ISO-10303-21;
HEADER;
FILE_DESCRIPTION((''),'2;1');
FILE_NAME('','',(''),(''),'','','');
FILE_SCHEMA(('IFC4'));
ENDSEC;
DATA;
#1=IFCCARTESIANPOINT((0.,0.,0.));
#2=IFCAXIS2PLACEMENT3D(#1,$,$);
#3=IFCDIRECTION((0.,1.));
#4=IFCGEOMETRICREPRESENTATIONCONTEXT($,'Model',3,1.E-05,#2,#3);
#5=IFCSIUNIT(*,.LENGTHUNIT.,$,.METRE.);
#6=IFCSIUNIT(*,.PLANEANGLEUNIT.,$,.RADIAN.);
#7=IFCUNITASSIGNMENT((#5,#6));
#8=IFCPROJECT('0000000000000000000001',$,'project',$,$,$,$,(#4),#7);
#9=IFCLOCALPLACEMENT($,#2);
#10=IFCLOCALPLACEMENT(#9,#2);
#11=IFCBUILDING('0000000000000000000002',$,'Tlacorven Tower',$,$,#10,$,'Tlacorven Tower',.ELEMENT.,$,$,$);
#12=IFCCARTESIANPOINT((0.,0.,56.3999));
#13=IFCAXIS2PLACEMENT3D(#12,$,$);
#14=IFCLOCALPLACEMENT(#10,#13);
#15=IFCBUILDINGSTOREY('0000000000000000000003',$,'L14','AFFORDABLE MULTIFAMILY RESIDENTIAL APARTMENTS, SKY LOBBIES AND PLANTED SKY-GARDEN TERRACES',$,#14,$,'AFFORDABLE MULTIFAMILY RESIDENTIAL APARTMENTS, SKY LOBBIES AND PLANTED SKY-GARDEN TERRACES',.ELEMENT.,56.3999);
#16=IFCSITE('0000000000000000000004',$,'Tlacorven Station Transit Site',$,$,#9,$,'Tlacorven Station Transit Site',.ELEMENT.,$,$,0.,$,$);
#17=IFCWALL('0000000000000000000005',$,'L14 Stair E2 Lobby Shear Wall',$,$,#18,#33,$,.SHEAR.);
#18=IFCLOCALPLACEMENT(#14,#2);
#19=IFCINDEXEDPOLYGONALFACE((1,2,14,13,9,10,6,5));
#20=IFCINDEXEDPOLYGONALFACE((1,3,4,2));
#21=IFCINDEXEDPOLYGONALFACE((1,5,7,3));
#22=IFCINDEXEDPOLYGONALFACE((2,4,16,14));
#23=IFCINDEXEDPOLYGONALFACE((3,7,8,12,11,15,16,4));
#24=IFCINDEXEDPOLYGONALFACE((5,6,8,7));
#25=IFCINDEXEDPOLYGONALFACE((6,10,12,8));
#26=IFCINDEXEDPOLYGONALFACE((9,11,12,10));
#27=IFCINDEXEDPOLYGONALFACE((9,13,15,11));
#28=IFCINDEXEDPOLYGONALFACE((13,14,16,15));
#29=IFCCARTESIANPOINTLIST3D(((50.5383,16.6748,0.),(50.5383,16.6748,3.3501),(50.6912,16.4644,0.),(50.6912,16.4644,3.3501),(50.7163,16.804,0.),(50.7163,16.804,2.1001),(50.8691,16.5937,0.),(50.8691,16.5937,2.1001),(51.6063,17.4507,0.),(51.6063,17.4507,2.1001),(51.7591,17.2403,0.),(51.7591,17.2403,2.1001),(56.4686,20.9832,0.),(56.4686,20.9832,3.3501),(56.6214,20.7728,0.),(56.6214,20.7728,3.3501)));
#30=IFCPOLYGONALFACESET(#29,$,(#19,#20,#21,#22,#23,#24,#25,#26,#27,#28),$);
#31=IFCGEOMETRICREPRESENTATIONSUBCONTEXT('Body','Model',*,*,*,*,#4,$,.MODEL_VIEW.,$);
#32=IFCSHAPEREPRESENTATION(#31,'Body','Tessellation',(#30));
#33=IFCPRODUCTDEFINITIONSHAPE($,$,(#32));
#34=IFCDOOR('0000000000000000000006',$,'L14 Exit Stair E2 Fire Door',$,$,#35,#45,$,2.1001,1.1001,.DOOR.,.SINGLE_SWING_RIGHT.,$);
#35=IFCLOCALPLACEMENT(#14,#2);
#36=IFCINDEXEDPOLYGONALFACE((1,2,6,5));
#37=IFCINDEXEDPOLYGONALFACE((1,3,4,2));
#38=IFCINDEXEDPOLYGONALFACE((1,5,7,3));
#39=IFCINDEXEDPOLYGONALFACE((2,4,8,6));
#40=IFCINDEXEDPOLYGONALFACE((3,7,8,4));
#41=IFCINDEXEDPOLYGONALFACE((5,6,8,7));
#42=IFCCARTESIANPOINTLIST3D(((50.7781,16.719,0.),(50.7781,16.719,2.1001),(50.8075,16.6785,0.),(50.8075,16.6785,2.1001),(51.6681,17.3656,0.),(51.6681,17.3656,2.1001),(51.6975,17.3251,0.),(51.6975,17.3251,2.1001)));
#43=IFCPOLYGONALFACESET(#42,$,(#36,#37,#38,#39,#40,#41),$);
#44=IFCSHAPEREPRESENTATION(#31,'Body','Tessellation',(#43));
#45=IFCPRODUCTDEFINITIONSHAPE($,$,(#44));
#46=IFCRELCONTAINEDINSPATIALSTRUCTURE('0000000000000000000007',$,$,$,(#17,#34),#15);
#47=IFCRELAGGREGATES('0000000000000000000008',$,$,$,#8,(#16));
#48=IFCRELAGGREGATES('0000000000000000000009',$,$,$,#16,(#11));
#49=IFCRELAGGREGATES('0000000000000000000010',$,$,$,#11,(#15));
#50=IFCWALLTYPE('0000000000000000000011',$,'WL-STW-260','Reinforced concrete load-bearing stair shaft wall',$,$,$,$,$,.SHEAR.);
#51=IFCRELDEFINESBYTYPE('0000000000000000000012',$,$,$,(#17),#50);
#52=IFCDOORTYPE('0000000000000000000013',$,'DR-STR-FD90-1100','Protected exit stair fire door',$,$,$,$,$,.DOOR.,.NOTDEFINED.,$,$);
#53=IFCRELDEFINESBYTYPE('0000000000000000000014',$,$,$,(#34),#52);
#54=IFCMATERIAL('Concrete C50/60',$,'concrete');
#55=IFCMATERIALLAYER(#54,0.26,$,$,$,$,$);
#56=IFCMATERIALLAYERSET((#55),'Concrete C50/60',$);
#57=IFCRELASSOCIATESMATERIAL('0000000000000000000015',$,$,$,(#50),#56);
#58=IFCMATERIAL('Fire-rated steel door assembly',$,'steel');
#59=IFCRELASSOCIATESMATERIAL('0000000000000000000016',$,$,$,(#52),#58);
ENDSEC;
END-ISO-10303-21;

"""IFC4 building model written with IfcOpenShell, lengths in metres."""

from ifc_helpers import new_model, si_unit, direction, frame, frame_2d, origin, place, context, subcontext, project, spatial, rectangle, extrude, source, transform, mapped, material, layer, layer_set, type_object, element, fill, save


model = new_model("IFC4")

# Units and contexts
model_context = context("Model", 3, precision=1e-05, world=origin(), true_north=direction((0.0, 1.0)))
body_context = subcontext(model_context, "Body", "Model", "MODEL_VIEW")
ifc_project = project(units=[si_unit("LENGTHUNIT", "METRE"), si_unit("PLANEANGLEUNIT", "RADIAN")], contexts=[model_context])

# Site, building, storey
site_placement = place(None, origin())
site = spatial("IfcSite", under=ifc_project, at=site_placement, Name="Tlacorven Station Transit Site", LongName="Tlacorven Station Transit Site", CompositionType="ELEMENT", RefElevation=0.0)
building_placement = place(site_placement, origin())
building = spatial("IfcBuilding", under=site, at=building_placement, Name="Tlacorven Tower", LongName="Tlacorven Tower", CompositionType="ELEMENT")
storey_placement = place(building_placement, frame((0.0, 0.0, 56.3999)))
storey = spatial("IfcBuildingStorey", under=building, at=storey_placement, Name="L14", Description="AFFORDABLE MULTIFAMILY RESIDENTIAL APARTMENTS, SKY LOBBIES AND PLANTED SKY-GARDEN TERRACES", LongName="AFFORDABLE MULTIFAMILY RESIDENTIAL APARTMENTS, SKY LOBBIES AND PLANTED SKY-GARDEN TERRACES", CompositionType="ELEMENT", Elevation=56.3999)

# Wall, opening, door
ifc_material_1 = material(Name="Fire-rated steel door assembly", Category="steel")
ifc_material_2 = material(Name="Concrete C50/60", Category="concrete")
ifc_layer_1 = layer(ifc_material_2, 0.26)
ifc_layer_set_1 = layer_set([ifc_layer_1], Name="Concrete C50/60")
wall_type_1 = type_object("IfcWallType", Name="WL-STW-260", Description="Reinforced concrete load-bearing stair shaft wall", PredefinedType="SHEAR", material=ifc_layer_set_1)
wall_1_placement = place(storey_placement, frame((50.6147, 16.5696, 0.0), z_axis=(0.0, 0.0, 1.0), x_axis=(0.809028, 0.58777, 0.0)))
wall_1 = element("IfcWall", 1, at=wall_1_placement, inside=storey, type_object=wall_type_1, Name="L14 Stair E2 Lobby Shear Wall", PredefinedType="SHEAR", context=body_context, shape_type="SweptSolid", body=[
    extrude(rectangle(XDim=7.3301, YDim=0.26, at=frame_2d((3.665, 0.0))), origin(), (0.0, 0.0, 1.0), 3.3501),
])
opening_1_placement = place(wall_1_placement, frame((0.22, 0.0, 0.0)))
opening_1 = element("IfcOpeningElement", 2, at=opening_1_placement, cuts=wall_1, PredefinedType="OPENING", context=body_context, shape_type="SweptSolid", body=[
    extrude(rectangle(XDim=1.1001, YDim=2.1001, at=frame_2d((0.55, 1.05))), frame((0.0, 0.1401, 0.0), z_axis=(0.0, -1.0, 0.0), x_axis=(1.0, 0.0, 0.0)), (0.0, 0.0, 1.0), 0.28),
])
door_type_1 = type_object("IfcDoorType", Name="DR-STR-FD90-1100", Description="Protected exit stair fire door", OperationType="NOTDEFINED", PredefinedType="DOOR", material=ifc_material_1)
shared_shape_1 = source(origin(), body_context, "Body", "SweptSolid", [
    extrude(rectangle(XDim=1.1001, YDim=2.1001, at=frame_2d((0.55, 1.05))), frame((0.0, 0.0249, 0.0), z_axis=(0.0, -1.0, 0.0), x_axis=(1.0, 0.0, 0.0)), (0.0, 0.0, 1.0), 0.05),
])
door_1_placement = place(opening_1_placement, origin())
door_1 = element("IfcDoor", 3, at=door_1_placement, inside=storey, type_object=door_type_1, Name="L14 Exit Stair E2 Fire Door", OperationType="SINGLE_SWING_RIGHT", OverallHeight=2.1001, OverallWidth=1.1001, PredefinedType="DOOR", context=body_context, shape_type="MappedRepresentation", body=[
    mapped(shared_shape_1, transform((0.0, 0.0, 0.0), scale=1.0)),
])
fill(opening_1, door_1)

save(model, "model.ifc")
